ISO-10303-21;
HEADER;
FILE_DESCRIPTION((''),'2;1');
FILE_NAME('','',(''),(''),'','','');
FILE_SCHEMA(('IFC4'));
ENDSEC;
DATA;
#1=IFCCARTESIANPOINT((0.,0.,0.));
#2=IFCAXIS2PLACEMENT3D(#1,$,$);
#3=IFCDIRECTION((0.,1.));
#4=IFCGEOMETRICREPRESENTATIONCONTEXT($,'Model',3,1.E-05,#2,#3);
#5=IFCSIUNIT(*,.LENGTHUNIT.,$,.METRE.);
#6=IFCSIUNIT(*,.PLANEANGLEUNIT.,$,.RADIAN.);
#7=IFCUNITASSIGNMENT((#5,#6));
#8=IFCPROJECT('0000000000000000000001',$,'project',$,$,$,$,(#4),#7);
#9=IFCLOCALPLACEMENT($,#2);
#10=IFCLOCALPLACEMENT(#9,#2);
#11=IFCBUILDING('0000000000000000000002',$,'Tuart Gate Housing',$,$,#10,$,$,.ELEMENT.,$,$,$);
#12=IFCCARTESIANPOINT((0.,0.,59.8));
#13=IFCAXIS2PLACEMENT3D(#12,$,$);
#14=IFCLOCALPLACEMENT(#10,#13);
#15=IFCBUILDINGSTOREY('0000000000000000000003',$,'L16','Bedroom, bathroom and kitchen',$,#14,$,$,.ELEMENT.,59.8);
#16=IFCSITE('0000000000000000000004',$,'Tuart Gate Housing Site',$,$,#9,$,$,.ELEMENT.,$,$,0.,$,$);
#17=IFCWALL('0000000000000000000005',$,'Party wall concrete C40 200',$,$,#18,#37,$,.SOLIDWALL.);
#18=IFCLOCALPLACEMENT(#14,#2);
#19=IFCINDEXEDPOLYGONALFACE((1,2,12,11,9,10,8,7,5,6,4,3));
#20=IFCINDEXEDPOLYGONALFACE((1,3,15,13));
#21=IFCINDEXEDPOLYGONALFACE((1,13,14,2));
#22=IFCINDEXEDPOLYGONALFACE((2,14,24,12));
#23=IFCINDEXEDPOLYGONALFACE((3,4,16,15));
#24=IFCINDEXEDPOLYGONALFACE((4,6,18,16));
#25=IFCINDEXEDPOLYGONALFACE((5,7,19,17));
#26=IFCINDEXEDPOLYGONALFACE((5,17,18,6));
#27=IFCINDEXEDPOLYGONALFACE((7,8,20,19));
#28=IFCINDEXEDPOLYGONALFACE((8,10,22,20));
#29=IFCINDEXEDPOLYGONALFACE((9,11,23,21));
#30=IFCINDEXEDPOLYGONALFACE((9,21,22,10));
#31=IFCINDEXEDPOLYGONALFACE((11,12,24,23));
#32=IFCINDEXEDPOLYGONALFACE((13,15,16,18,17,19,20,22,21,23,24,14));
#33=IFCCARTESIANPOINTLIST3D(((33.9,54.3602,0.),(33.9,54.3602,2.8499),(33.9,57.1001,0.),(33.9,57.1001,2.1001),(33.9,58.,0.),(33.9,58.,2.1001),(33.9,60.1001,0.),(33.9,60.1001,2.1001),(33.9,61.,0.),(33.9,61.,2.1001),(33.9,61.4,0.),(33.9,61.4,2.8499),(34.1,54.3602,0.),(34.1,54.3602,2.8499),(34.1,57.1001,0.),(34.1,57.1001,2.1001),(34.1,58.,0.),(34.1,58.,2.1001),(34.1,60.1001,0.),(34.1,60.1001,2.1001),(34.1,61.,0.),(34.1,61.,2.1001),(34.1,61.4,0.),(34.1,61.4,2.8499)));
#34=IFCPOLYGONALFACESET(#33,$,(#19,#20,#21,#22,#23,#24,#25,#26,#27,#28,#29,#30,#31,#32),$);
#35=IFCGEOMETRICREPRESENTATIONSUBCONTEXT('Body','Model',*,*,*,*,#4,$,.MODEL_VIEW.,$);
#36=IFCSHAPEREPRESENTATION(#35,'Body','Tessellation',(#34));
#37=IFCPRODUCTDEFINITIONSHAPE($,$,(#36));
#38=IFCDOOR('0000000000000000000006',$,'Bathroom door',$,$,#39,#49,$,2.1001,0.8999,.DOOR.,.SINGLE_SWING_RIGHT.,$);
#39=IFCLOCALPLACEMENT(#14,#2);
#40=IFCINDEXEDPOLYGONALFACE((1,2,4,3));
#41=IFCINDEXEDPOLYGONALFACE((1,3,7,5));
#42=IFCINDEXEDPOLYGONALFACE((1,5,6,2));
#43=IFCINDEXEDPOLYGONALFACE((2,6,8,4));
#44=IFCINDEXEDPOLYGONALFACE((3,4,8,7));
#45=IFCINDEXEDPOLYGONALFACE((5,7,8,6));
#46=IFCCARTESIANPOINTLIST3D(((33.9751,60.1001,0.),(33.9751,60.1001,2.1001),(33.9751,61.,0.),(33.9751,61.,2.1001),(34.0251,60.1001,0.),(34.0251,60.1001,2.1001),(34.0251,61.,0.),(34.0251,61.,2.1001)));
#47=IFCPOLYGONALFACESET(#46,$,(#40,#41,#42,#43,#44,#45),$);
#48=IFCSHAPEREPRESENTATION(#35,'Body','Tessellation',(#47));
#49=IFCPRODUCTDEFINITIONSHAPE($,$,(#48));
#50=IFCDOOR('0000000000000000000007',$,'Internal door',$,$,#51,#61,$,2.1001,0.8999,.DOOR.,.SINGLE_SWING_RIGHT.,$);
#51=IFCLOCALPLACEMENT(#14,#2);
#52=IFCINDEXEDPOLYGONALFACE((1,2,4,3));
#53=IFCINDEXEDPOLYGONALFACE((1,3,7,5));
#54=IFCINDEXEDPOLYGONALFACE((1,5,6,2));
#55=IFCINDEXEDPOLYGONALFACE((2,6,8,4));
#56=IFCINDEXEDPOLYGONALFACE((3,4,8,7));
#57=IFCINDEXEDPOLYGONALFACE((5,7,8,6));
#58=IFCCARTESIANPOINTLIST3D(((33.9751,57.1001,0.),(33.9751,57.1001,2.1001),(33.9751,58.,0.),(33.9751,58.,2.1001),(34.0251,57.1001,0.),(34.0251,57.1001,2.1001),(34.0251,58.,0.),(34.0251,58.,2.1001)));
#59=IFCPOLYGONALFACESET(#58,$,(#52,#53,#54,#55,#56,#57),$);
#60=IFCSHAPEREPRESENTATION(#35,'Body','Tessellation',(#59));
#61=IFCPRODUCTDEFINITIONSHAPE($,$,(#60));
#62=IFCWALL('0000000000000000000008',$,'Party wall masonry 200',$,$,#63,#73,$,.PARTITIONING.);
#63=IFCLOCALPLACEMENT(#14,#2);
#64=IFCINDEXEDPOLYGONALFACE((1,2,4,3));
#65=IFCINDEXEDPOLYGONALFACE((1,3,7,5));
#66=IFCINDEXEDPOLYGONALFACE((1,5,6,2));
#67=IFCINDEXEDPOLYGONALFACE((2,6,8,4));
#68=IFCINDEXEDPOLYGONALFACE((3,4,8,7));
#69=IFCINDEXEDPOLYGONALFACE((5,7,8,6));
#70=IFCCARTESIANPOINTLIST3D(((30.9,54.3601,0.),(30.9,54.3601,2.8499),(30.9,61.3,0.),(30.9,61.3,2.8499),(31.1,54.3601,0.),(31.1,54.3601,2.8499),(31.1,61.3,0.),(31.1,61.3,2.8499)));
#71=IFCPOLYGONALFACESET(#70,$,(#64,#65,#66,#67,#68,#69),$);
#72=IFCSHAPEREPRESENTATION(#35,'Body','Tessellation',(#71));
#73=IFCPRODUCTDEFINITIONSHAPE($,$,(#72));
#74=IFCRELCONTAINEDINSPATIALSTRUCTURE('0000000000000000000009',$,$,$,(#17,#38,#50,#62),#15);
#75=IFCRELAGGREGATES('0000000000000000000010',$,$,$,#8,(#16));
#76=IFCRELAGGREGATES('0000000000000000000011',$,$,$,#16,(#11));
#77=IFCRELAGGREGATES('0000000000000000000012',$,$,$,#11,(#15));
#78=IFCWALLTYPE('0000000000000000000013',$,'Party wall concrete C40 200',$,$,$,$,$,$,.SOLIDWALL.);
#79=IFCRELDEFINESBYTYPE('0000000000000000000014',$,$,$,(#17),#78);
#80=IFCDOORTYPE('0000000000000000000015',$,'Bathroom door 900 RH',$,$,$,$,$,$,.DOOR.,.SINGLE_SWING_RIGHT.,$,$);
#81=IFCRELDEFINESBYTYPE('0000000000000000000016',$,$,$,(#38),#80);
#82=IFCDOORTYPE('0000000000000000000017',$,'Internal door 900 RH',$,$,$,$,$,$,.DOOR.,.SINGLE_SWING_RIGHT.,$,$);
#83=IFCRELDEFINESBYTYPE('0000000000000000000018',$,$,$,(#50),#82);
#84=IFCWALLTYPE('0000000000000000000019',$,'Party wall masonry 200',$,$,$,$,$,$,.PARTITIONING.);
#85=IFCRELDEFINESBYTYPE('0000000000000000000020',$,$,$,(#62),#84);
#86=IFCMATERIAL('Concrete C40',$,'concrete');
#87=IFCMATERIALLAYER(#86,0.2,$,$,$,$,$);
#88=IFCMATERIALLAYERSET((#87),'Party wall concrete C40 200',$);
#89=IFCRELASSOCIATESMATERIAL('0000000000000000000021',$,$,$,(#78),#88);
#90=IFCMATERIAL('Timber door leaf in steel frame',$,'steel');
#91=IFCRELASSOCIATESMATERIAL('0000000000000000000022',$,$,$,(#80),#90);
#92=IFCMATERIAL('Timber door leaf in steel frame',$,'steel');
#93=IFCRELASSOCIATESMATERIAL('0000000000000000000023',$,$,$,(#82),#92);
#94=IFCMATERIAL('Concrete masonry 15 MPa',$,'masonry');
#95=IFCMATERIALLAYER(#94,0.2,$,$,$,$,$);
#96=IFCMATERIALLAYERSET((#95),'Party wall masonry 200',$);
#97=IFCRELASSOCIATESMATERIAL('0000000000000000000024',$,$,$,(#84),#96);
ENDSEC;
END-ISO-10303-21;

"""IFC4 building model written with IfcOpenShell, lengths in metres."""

from ifc_helpers import new_model, si_unit, direction, frame, frame_2d, origin, place, context, subcontext, project, spatial, rectangle, extrude, material, layer, layer_set, type_object, element, fill, save


model = new_model("IFC4")

# Units and contexts
model_context = context("Model", 3, precision=1e-05, world=origin(), true_north=direction((0.0, 1.0)))
body_context = subcontext(model_context, "Body", "Model", "MODEL_VIEW")
ifc_project = project(units=[si_unit("LENGTHUNIT", "METRE"), si_unit("PLANEANGLEUNIT", "RADIAN")], contexts=[model_context])

# Site, building, storey
site_placement = place(None, origin())
site = spatial("IfcSite", under=ifc_project, at=site_placement, Name="Tuart Gate Housing Site", CompositionType="ELEMENT", RefElevation=0.0)
building_placement = place(site_placement, origin())
building = spatial("IfcBuilding", under=site, at=building_placement, Name="Tuart Gate Housing", CompositionType="ELEMENT")
storey_placement = place(building_placement, frame((0.0, 0.0, 59.8)))
storey = spatial("IfcBuildingStorey", under=building, at=storey_placement, Name="L16", Description="Bedroom, bathroom and kitchen", CompositionType="ELEMENT", Elevation=59.8)

# Wall, openings, doors
ifc_material_1 = material(Name="Concrete C40", Category="concrete")
ifc_layer_1 = layer(ifc_material_1, 0.2)
ifc_layer_set_1 = layer_set([ifc_layer_1], Name="Party wall concrete C40 200")
wall_type_1 = type_object("IfcWallType", Name="Party wall concrete C40 200", PredefinedType="SOLIDWALL", material=ifc_layer_set_1)
wall_1_placement = place(storey_placement, frame((34.0, 54.3601, 0.0), z_axis=(0.0, 0.0, 1.0), x_axis=(0.0, 1.0, 0.0)))
wall_1 = element("IfcWall", 1, at=wall_1_placement, inside=storey, type_object=wall_type_1, Name="Party wall concrete C40 200", PredefinedType="SOLIDWALL", context=body_context, shape_type="SweptSolid", body=[
    extrude(rectangle(XDim=7.0398, YDim=0.2, at=frame_2d((3.52, 0.0))), origin(), (0.0, 0.0, 1.0), 2.8499),
])
opening_1_placement = place(wall_1_placement, frame((2.74, 0.0, 0.0)))
opening_1 = element("IfcOpeningElement", 2, at=opening_1_placement, cuts=wall_1, PredefinedType="OPENING", context=body_context, shape_type="SweptSolid", body=[
    extrude(rectangle(XDim=0.8999, YDim=2.1001, at=frame_2d((0.45, 1.05))), frame((0.0, 0.1099, 0.0), z_axis=(0.0, -1.0, 0.0), x_axis=(1.0, 0.0, 0.0)), (0.0, 0.0, 1.0), 0.22),
])
opening_2_placement = place(wall_1_placement, frame((5.74, 0.0, 0.0)))
opening_2 = element("IfcOpeningElement", 3, at=opening_2_placement, cuts=wall_1, PredefinedType="OPENING", context=body_context, shape_type="SweptSolid", body=[
    extrude(rectangle(XDim=0.8999, YDim=2.1001, at=frame_2d((0.45, 1.05))), frame((0.0, 0.1099, 0.0), z_axis=(0.0, -1.0, 0.0), x_axis=(1.0, 0.0, 0.0)), (0.0, 0.0, 1.0), 0.22),
])
ifc_material_2 = material(Name="Timber door leaf in steel frame", Category="steel")
door_type_1 = type_object("IfcDoorType", Name="Bathroom door 900 RH", OperationType="SINGLE_SWING_RIGHT", PredefinedType="DOOR", material=ifc_material_2)
door_1_placement = place(opening_2_placement, origin())
door_1 = element("IfcDoor", 4, at=door_1_placement, inside=storey, type_object=door_type_1, Name="Bathroom door", OperationType="SINGLE_SWING_RIGHT", OverallHeight=2.1001, OverallWidth=0.8999, PredefinedType="DOOR", context=body_context, shape_type="SweptSolid", body=[
    extrude(rectangle(XDim=0.8999, YDim=2.1001, at=frame_2d((0.45, 1.05))), frame((0.0, 0.0249, 0.0), z_axis=(0.0, -1.0, 0.0), x_axis=(1.0, 0.0, 0.0)), (0.0, 0.0, 1.0), 0.05),
])
fill(opening_2, door_1)
ifc_material_3 = material(Name="Timber door leaf in steel frame", Category="steel")
door_type_2 = type_object("IfcDoorType", Name="Internal door 900 RH", OperationType="SINGLE_SWING_RIGHT", PredefinedType="DOOR", material=ifc_material_3)
door_2_placement = place(opening_1_placement, origin())
door_2 = element("IfcDoor", 5, at=door_2_placement, inside=storey, type_object=door_type_2, Name="Internal door", OperationType="SINGLE_SWING_RIGHT", OverallHeight=2.1001, OverallWidth=0.8999, PredefinedType="DOOR", context=body_context, shape_type="SweptSolid", body=[
    extrude(rectangle(XDim=0.8999, YDim=2.1001, at=frame_2d((0.45, 1.05))), frame((0.0, 0.0249, 0.0), z_axis=(0.0, -1.0, 0.0), x_axis=(1.0, 0.0, 0.0)), (0.0, 0.0, 1.0), 0.05),
])
fill(opening_1, door_2)

# Wall
ifc_material_4 = material(Name="Concrete masonry 15 MPa", Category="masonry")
ifc_layer_2 = layer(ifc_material_4, 0.2)
ifc_layer_set_2 = layer_set([ifc_layer_2], Name="Party wall masonry 200")
wall_type_2 = type_object("IfcWallType", Name="Party wall masonry 200", PredefinedType="PARTITIONING", material=ifc_layer_set_2)
wall_2_placement = place(storey_placement, frame((31.0, 54.3601, 0.0), z_axis=(0.0, 0.0, 1.0), x_axis=(0.0, 1.0, 0.0)))
element("IfcWall", 6, at=wall_2_placement, inside=storey, type_object=wall_type_2, Name="Party wall masonry 200", PredefinedType="PARTITIONING", context=body_context, shape_type="SweptSolid", body=[
    extrude(rectangle(XDim=6.9399, YDim=0.2, at=frame_2d((3.47, 0.0))), origin(), (0.0, 0.0, 1.0), 2.8499),
])

save(model, "model.ifc")
